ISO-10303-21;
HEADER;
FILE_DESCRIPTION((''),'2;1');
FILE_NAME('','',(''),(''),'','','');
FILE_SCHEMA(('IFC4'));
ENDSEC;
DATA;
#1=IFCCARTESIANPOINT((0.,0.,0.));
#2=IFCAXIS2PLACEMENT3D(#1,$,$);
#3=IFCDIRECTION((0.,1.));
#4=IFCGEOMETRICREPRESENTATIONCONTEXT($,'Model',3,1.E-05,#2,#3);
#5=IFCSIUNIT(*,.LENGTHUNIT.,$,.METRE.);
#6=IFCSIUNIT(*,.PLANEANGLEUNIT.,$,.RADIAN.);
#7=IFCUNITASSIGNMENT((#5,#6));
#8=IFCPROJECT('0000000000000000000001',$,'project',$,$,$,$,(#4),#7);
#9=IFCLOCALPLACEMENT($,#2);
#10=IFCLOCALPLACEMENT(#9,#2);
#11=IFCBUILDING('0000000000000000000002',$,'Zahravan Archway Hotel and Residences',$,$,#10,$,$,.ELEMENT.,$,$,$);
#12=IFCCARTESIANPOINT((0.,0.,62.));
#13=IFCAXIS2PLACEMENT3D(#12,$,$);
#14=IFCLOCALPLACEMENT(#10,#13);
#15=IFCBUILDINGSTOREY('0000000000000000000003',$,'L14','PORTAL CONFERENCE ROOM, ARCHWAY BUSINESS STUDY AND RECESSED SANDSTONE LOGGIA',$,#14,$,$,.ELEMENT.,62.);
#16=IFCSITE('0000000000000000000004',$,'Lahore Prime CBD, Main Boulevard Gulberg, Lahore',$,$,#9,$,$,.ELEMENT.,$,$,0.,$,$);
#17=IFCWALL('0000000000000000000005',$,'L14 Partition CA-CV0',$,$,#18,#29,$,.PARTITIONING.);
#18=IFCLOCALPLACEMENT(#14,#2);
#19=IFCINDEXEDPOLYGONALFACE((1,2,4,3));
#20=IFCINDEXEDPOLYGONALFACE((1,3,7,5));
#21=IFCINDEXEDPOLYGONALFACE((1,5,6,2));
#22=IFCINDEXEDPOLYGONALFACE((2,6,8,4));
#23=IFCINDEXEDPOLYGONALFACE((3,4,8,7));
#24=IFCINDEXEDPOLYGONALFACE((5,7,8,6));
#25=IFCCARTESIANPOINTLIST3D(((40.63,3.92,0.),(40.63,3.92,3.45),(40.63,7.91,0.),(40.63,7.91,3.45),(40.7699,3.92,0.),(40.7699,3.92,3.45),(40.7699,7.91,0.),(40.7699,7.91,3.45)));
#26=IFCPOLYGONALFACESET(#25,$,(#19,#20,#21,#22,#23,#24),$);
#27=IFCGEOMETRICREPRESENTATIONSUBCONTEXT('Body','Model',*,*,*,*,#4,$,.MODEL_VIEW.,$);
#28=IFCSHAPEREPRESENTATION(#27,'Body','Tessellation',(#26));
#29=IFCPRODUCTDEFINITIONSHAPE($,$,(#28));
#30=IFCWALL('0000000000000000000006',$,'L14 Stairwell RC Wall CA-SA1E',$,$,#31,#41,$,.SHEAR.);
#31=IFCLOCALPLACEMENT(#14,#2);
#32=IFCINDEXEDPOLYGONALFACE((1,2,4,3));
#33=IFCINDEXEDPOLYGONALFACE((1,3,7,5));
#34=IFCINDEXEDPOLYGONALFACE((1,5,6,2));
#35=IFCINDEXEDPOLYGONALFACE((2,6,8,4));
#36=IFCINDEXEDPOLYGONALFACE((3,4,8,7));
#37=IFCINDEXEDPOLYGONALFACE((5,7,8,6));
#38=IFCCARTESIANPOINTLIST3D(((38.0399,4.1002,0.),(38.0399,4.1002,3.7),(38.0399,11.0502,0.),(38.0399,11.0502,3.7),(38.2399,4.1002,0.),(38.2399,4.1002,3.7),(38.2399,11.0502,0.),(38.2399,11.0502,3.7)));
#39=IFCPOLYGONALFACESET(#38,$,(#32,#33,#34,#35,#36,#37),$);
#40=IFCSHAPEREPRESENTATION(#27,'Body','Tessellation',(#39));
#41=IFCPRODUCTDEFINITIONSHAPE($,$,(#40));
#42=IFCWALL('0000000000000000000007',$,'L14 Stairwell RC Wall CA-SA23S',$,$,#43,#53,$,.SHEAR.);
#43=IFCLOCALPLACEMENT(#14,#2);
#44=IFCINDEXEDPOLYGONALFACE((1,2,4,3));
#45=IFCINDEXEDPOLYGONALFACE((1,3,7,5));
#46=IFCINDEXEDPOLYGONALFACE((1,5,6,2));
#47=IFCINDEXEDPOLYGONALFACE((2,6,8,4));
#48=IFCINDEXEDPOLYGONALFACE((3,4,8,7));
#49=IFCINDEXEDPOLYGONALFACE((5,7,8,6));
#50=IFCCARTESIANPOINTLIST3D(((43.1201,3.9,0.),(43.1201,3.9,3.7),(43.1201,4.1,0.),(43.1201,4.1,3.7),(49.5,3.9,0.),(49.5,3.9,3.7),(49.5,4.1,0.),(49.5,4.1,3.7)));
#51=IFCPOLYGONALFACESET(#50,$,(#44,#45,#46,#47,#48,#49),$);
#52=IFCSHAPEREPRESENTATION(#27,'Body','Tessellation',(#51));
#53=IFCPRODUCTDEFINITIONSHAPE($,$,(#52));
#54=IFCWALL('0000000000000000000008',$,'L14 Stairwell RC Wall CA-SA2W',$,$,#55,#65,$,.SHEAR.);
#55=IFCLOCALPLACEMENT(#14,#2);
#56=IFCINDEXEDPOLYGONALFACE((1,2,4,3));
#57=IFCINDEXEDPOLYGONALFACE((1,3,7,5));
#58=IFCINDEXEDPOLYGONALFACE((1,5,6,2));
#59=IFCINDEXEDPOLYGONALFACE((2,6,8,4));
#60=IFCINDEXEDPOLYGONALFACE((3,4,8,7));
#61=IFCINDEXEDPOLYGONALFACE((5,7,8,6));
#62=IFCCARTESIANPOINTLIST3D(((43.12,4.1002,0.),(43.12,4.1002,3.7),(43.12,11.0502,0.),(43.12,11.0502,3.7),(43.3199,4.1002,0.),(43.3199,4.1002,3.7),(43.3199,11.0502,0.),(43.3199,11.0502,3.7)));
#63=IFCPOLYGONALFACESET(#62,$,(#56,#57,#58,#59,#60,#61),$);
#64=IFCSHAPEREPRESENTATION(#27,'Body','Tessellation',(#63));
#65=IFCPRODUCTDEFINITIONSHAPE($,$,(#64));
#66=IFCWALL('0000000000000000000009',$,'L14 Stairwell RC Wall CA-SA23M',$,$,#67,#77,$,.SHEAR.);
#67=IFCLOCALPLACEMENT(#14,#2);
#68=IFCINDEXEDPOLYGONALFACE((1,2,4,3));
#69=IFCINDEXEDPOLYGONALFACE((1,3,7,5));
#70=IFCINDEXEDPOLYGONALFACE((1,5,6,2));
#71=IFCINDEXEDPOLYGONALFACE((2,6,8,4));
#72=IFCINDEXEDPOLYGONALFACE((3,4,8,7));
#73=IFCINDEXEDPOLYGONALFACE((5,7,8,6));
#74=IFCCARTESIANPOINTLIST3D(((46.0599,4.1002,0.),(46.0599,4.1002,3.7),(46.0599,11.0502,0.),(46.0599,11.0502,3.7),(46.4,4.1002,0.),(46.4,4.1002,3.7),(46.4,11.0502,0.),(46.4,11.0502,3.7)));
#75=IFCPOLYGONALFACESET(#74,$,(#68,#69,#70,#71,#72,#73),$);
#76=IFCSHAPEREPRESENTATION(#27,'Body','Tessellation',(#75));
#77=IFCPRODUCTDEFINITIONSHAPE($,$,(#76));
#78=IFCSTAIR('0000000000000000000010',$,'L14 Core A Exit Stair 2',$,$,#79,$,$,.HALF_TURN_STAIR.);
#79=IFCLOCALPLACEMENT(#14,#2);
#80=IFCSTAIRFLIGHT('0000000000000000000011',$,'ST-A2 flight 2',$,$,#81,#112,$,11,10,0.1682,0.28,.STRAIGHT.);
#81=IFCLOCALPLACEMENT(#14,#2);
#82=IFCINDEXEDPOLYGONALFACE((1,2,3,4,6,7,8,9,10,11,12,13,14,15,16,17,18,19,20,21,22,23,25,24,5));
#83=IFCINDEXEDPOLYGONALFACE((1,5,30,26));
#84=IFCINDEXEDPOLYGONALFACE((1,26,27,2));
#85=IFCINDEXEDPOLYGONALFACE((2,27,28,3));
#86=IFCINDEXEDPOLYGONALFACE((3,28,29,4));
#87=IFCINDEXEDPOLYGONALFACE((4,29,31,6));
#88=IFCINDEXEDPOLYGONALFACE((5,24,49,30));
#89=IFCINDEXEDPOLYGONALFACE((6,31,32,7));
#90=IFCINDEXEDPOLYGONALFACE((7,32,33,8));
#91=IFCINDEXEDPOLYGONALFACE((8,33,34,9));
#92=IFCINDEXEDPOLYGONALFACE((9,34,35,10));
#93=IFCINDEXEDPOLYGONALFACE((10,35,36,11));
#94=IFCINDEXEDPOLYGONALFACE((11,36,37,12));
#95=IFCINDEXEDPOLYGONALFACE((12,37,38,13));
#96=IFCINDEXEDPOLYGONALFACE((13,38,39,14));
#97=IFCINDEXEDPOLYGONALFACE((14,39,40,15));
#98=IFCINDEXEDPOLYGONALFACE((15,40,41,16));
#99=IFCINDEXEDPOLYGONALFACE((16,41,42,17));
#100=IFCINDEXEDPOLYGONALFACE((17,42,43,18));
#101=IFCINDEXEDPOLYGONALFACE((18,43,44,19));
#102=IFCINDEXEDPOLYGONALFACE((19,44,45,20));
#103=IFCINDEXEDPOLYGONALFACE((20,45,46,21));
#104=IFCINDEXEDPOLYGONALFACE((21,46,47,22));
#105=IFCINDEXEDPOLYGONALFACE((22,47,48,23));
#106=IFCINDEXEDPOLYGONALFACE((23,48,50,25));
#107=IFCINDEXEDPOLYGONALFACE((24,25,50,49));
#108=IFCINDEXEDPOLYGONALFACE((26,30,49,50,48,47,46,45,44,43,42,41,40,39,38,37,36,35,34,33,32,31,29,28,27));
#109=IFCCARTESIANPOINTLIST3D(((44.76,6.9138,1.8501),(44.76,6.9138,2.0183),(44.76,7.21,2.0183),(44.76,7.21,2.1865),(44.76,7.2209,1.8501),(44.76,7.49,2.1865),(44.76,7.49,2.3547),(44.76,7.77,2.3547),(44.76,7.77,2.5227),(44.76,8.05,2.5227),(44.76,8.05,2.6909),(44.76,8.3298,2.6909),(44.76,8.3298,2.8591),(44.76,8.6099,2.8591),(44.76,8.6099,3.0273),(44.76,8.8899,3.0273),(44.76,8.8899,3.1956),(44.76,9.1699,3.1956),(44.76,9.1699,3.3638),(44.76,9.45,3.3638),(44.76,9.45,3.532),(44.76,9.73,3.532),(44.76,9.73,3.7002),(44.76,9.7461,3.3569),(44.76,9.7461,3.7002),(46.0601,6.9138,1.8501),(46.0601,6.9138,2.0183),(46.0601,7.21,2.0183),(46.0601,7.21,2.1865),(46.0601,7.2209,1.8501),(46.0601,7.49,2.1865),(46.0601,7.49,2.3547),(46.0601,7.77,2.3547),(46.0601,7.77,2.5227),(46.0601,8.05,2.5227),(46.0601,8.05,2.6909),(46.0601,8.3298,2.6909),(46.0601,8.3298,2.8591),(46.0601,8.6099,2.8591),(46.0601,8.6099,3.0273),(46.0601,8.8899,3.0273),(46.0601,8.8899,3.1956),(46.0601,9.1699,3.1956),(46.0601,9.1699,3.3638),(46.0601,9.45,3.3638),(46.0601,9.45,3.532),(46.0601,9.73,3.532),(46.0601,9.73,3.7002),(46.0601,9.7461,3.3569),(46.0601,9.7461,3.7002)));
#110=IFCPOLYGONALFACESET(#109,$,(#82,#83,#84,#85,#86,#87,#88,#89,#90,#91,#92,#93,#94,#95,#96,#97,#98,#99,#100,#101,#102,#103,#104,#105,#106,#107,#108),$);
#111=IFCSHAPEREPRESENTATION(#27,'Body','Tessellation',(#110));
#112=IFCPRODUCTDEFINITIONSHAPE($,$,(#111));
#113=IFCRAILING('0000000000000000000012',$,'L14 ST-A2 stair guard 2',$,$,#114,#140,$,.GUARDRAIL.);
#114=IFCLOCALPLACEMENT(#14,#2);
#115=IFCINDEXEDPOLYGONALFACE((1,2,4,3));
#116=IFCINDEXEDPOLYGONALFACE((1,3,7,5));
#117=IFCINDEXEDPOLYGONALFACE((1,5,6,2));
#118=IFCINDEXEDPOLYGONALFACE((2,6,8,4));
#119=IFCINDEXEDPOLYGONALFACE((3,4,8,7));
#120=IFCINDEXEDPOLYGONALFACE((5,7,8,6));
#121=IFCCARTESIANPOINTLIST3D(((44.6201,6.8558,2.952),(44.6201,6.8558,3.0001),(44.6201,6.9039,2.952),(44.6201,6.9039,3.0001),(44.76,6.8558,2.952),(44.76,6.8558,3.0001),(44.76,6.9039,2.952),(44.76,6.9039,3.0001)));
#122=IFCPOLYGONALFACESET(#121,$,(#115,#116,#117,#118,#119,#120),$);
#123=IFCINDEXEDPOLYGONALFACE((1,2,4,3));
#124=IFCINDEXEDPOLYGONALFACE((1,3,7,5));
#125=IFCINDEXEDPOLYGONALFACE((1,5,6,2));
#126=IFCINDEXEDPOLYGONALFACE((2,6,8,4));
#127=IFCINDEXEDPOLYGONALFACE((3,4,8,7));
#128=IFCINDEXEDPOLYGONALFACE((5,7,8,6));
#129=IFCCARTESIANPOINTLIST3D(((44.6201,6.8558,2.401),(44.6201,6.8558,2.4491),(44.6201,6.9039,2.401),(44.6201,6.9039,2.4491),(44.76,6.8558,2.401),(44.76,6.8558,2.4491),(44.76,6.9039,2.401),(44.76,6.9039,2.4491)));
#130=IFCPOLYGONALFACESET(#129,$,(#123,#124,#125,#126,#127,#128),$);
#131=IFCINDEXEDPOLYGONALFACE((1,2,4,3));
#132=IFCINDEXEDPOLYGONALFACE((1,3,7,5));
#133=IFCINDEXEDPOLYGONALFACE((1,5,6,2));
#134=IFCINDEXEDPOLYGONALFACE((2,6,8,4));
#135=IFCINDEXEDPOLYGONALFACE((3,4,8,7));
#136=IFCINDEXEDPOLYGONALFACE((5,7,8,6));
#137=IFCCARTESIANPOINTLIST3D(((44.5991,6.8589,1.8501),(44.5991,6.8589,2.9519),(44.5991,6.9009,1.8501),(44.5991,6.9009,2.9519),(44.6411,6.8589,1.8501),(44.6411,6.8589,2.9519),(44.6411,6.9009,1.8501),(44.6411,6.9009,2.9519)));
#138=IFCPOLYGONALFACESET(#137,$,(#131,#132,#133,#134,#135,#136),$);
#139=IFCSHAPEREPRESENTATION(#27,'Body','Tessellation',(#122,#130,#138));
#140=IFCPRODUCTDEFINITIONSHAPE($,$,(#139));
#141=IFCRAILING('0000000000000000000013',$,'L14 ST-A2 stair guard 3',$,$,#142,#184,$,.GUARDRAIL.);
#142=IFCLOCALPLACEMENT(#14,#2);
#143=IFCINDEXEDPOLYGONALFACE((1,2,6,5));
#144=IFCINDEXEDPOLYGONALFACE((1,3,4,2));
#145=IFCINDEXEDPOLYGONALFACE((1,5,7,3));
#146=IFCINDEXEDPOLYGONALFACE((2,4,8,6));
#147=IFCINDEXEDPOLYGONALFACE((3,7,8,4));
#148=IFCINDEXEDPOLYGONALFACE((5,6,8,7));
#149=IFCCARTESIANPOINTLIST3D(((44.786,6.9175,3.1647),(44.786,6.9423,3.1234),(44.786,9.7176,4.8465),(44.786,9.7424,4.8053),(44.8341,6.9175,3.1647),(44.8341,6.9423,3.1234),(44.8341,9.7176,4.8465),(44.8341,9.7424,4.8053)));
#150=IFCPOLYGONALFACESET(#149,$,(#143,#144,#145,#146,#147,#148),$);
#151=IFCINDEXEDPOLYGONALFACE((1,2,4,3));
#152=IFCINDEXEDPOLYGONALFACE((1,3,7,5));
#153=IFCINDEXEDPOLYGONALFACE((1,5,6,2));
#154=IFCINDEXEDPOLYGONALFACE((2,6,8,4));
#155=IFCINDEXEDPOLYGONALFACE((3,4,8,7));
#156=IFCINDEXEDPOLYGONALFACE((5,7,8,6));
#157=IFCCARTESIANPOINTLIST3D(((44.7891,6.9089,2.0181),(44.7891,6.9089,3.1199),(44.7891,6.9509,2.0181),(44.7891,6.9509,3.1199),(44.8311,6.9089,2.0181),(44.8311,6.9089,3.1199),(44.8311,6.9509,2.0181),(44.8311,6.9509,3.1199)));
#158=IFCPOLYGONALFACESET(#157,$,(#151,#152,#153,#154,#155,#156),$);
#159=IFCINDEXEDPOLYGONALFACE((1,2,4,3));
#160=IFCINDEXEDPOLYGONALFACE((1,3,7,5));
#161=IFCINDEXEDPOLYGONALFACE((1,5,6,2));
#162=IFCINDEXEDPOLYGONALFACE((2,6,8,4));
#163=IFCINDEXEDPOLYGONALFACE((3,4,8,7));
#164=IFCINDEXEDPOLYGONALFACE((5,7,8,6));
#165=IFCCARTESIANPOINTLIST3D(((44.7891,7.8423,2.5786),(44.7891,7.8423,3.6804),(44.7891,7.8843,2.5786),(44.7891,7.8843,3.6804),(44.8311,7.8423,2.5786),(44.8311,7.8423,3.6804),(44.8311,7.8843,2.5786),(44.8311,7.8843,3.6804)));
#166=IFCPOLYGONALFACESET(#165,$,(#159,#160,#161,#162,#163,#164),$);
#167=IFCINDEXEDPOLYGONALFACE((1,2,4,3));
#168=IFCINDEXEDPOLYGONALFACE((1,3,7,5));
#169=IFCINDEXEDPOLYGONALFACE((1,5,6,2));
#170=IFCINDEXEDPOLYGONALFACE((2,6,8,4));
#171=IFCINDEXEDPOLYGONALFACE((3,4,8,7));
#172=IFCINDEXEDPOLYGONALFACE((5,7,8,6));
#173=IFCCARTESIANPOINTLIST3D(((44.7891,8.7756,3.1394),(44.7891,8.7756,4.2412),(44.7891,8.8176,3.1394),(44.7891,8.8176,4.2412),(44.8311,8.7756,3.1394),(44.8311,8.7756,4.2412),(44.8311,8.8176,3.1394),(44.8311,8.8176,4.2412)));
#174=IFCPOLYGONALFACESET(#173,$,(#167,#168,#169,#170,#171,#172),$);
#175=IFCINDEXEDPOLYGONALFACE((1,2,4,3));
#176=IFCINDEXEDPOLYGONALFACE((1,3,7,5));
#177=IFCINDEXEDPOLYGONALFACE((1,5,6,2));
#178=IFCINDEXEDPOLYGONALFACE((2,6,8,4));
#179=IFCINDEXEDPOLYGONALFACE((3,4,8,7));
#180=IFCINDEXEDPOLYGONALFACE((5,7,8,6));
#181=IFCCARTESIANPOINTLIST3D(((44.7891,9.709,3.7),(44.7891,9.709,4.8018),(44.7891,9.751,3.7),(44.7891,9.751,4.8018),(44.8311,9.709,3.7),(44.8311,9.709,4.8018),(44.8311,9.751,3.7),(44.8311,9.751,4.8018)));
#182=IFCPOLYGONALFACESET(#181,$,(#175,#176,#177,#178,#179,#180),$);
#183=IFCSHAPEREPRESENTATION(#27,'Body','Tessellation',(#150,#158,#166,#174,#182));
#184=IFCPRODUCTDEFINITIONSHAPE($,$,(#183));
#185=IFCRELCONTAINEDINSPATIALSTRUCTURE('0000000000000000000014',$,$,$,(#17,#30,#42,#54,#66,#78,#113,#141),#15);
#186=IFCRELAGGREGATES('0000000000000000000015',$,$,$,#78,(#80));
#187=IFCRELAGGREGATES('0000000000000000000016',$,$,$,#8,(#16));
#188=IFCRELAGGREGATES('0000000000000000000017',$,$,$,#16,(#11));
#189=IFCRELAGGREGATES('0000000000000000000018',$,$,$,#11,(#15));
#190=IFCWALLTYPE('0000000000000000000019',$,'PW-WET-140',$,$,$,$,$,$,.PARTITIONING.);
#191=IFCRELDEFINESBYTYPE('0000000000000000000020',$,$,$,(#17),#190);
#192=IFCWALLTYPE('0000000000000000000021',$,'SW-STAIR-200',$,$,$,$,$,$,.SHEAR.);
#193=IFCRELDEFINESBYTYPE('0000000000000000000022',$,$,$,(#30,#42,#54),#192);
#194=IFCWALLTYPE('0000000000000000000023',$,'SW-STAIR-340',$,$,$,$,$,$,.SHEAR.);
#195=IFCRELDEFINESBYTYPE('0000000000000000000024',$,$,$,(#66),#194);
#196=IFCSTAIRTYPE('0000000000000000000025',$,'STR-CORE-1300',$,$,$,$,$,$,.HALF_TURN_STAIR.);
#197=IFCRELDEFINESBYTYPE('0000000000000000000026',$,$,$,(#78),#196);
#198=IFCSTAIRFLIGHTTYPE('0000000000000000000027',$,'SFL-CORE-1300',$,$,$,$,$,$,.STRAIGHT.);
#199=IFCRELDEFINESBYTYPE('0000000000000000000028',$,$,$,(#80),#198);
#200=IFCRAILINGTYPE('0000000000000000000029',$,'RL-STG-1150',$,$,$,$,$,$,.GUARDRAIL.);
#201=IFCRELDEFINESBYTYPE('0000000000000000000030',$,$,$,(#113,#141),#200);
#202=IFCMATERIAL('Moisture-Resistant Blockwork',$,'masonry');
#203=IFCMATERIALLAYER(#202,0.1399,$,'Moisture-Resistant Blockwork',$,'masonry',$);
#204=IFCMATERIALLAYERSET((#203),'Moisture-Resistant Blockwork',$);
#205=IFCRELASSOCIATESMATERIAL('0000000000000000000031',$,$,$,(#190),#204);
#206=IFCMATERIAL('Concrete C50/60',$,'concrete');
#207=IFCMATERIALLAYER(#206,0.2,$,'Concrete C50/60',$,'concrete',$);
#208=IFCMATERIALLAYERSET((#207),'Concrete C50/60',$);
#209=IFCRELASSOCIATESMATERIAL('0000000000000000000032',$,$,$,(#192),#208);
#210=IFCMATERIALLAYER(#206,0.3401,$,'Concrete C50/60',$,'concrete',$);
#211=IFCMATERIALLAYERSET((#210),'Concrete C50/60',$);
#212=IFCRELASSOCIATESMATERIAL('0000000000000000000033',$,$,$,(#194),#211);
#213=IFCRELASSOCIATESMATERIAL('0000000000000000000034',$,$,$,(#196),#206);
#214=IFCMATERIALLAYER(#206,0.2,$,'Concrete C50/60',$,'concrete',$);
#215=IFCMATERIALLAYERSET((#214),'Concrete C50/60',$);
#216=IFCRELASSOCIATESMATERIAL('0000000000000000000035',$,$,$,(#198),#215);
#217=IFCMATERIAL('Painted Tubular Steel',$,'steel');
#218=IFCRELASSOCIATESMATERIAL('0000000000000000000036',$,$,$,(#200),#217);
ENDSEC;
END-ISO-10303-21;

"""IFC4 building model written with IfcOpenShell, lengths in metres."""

from ifc_helpers import new_model, si_unit, direction, frame, frame_2d, origin, origin_2d, place, context, subcontext, project, spatial, polyline, rectangle, outline, extrude, source, transform, mapped, material, layer, layer_set, type_object, element, aggregate, save


model = new_model("IFC4")

# Units and contexts
model_context = context("Model", 3, precision=1e-05, world=origin(), true_north=direction((0.0, 1.0)))
body_context = subcontext(model_context, "Body", "Model", "MODEL_VIEW")
ifc_project = project(units=[si_unit("LENGTHUNIT", "METRE"), si_unit("PLANEANGLEUNIT", "RADIAN")], contexts=[model_context])

# Site, building, storey
site_placement = place(None, origin())
site = spatial("IfcSite", under=ifc_project, at=site_placement, Name="Lahore Prime CBD, Main Boulevard Gulberg, Lahore", CompositionType="ELEMENT", RefElevation=0.0)
building_placement = place(site_placement, origin())
building = spatial("IfcBuilding", under=site, at=building_placement, Name="Zahravan Archway Hotel and Residences", CompositionType="ELEMENT")
storey_placement = place(building_placement, frame((0.0, 0.0, 62.0)))
storey = spatial("IfcBuildingStorey", under=building, at=storey_placement, Name="L14", Description="PORTAL CONFERENCE ROOM, ARCHWAY BUSINESS STUDY AND RECESSED SANDSTONE LOGGIA", CompositionType="ELEMENT", Elevation=62.0)

# Walls
ifc_material_1 = material(Name="Moisture-Resistant Blockwork", Category="masonry")
ifc_layer_1 = layer(ifc_material_1, 0.1399, Name="Moisture-Resistant Blockwork", Category="masonry")
ifc_layer_set_1 = layer_set([ifc_layer_1], Name="Moisture-Resistant Blockwork")
wall_type_1 = type_object("IfcWallType", Name="PW-WET-140", PredefinedType="PARTITIONING", material=ifc_layer_set_1)
wall_1_placement = place(storey_placement, frame((40.7, 3.9199, 0.0), z_axis=(0.0, 0.0, 1.0), x_axis=(0.0, 1.0, 0.0)))
element("IfcWall", 1, at=wall_1_placement, inside=storey, type_object=wall_type_1, Name="L14 Partition CA-CV0", PredefinedType="PARTITIONING", context=body_context, shape_type="SweptSolid", body=[
    extrude(rectangle(XDim=3.99, YDim=0.1399, at=frame_2d((1.9951, 0.0))), origin(), (0.0, 0.0, 1.0), 3.45),
])
ifc_material_2 = material(Name="Concrete C50/60", Category="concrete")
ifc_layer_2 = layer(ifc_material_2, 0.2, Name="Concrete C50/60", Category="concrete")
ifc_layer_set_2 = layer_set([ifc_layer_2], Name="Concrete C50/60")
wall_type_2 = type_object("IfcWallType", Name="SW-STAIR-200", PredefinedType="SHEAR", material=ifc_layer_set_2)
wall_2_placement = place(storey_placement, frame((38.1399, 4.1001, 0.0), z_axis=(0.0, 0.0, 1.0), x_axis=(0.0, 1.0, 0.0)))
element("IfcWall", 2, at=wall_2_placement, inside=storey, type_object=wall_type_2, Name="L14 Stairwell RC Wall CA-SA1E", PredefinedType="SHEAR", context=body_context, shape_type="SweptSolid", body=[
    extrude(rectangle(XDim=6.95, YDim=0.2, at=frame_2d((3.4751, 0.0))), origin(), (0.0, 0.0, 1.0), 3.7),
])
wall_3_placement = place(storey_placement, frame((43.1201, 4.0, 0.0), z_axis=(0.0, 0.0, 1.0), x_axis=(1.0, 0.0, 0.0)))
element("IfcWall", 3, at=wall_3_placement, inside=storey, type_object=wall_type_2, Name="L14 Stairwell RC Wall CA-SA23S", PredefinedType="SHEAR", context=body_context, shape_type="SweptSolid", body=[
    extrude(rectangle(XDim=6.3799, YDim=0.2, at=frame_2d((3.1899, 0.0))), origin(), (0.0, 0.0, 1.0), 3.7),
])
wall_4_placement = place(storey_placement, frame((43.22, 4.1001, 0.0), z_axis=(0.0, 0.0, 1.0), x_axis=(0.0, 1.0, 0.0)))
element("IfcWall", 4, at=wall_4_placement, inside=storey, type_object=wall_type_2, Name="L14 Stairwell RC Wall CA-SA2W", PredefinedType="SHEAR", context=body_context, shape_type="SweptSolid", body=[
    extrude(rectangle(XDim=6.95, YDim=0.2, at=frame_2d((3.4751, 0.0))), origin(), (0.0, 0.0, 1.0), 3.7),
])
ifc_layer_3 = layer(ifc_material_2, 0.3401, Name="Concrete C50/60", Category="concrete")
ifc_layer_set_3 = layer_set([ifc_layer_3], Name="Concrete C50/60")
wall_type_3 = type_object("IfcWallType", Name="SW-STAIR-340", PredefinedType="SHEAR", material=ifc_layer_set_3)
wall_5_placement = place(storey_placement, frame((46.23, 4.1001, 0.0), z_axis=(0.0, 0.0, 1.0), x_axis=(0.0, 1.0, 0.0)))
element("IfcWall", 5, at=wall_5_placement, inside=storey, type_object=wall_type_3, Name="L14 Stairwell RC Wall CA-SA23M", PredefinedType="SHEAR", context=body_context, shape_type="SweptSolid", body=[
    extrude(rectangle(XDim=6.95, YDim=0.3401, at=frame_2d((3.4751, 0.0))), origin(), (0.0, 0.0, 1.0), 3.7),
])

# Stair, stair flight
stair_type = type_object("IfcStairType", Name="STR-CORE-1300", PredefinedType="HALF_TURN_STAIR", material=ifc_material_2)
stair_placement = place(storey_placement, origin())
stair = element("IfcStair", 6, at=stair_placement, inside=storey, type_object=stair_type, Name="L14 Core A Exit Stair 2", PredefinedType="HALF_TURN_STAIR")
ifc_layer_4 = layer(ifc_material_2, 0.2, Name="Concrete C50/60", Category="concrete")
ifc_layer_set_4 = layer_set([ifc_layer_4], Name="Concrete C50/60")
stair_flight_type = type_object("IfcStairFlightType", Name="SFL-CORE-1300", PredefinedType="STRAIGHT", material=ifc_layer_set_4)
shared_shape_1 = source(origin(), body_context, "Body", "SweptSolid", [
    extrude(outline(polyline([(-0.0161, 0.0), (-0.0161, 0.1682), (0.28, 0.1682), (0.28, 0.3364), (0.5601, 0.3364), (0.5601, 0.5046), (0.8401, 0.5046), (0.8401, 0.6726), (1.1201, 0.6726), (1.1201, 0.8408), (1.3999, 0.8408), (1.3999, 1.009), (1.6799, 1.009), (1.6799, 1.1772), (1.96, 1.1772), (1.96, 1.3455), (2.24, 1.3455), (2.24, 1.5137), (2.52, 1.5137), (2.52, 1.6819), (2.8, 1.6819), (2.8, 1.8501), (2.8162, 1.8501), (2.8162, 1.5068), (0.291, 0.0), (-0.0161, 0.0)])), frame((0.0, 0.6499, 0.0), z_axis=(0.0, -1.0, 0.0), x_axis=(1.0, 0.0, 0.0)), (0.0, 0.0, 1.0), 1.3),
])
stair_flight_placement = place(storey_placement, frame((45.4099, 6.9299, 1.8501), z_axis=(0.0, 0.0, 1.0), x_axis=(0.0, 1.0, 0.0)))
stair_flight = element("IfcStairFlight", 7, at=stair_flight_placement, type_object=stair_flight_type, Name="ST-A2 flight 2", NumberOfRisers=11, NumberOfTreads=10, PredefinedType="STRAIGHT", RiserHeight=0.1682, TreadLength=0.28, context=body_context, shape_type="MappedRepresentation", body=[
    mapped(shared_shape_1, transform((0.0, 0.0, 0.0), scale=1.0)),
])
aggregate(stair, [stair_flight])

# Railings
ifc_material_3 = material(Name="Painted Tubular Steel", Category="steel")
railing_type_1 = type_object("IfcRailingType", Name="RL-STG-1150", PredefinedType="GUARDRAIL", material=ifc_material_3)
railing_1_placement = place(storey_placement, frame((44.6201, 6.8799, 1.8501)))
element("IfcRailing", 8, at=railing_1_placement, inside=storey, type_object=railing_type_1, Name="L14 ST-A2 stair guard 2", PredefinedType="GUARDRAIL", context=body_context, shape_type="SweptSolid", body=[
    extrude(rectangle(XDim=0.0481, YDim=0.0481, at=origin_2d()), frame((0.0, 0.0, 1.126), z_axis=(1.0, 0.0, 0.0), x_axis=(0.0, 1.0, 0.0)), (0.0, 0.0, 1.0), 0.1399),
    extrude(rectangle(XDim=0.0481, YDim=0.0481, at=origin_2d()), frame((0.0, 0.0, 0.575), z_axis=(1.0, 0.0, 0.0), x_axis=(0.0, 1.0, 0.0)), (0.0, 0.0, 1.0), 0.1399),
    extrude(rectangle(XDim=0.042, YDim=0.042, at=origin_2d()), origin(), (0.0, 0.0, 1.0), 1.1018),
])
railing_2_placement = place(storey_placement, frame((44.8101, 6.9299, 2.0181)))
element("IfcRailing", 9, at=railing_2_placement, inside=storey, type_object=railing_type_1, Name="L14 ST-A2 stair guard 3", PredefinedType="GUARDRAIL", context=body_context, shape_type="SweptSolid", body=[
    extrude(rectangle(XDim=0.0481, YDim=0.0481, at=origin_2d()), frame((0.0, 0.0, 1.126), z_axis=(0.0, 0.857242, 0.514913), x_axis=(-1.0, 0.0, 0.0)), (0.0, 0.0, 1.0), 3.2664),
    extrude(rectangle(XDim=0.042, YDim=0.042, at=origin_2d()), origin(), (0.0, 0.0, 1.0), 1.1018),
    extrude(rectangle(XDim=0.042, YDim=0.042, at=origin_2d()), frame((0.0, 0.9333, 0.5605)), (0.0, 0.0, 1.0), 1.1018),
    extrude(rectangle(XDim=0.042, YDim=0.042, at=origin_2d()), frame((0.0, 1.8667, 1.1213)), (0.0, 0.0, 1.0), 1.1018),
    extrude(rectangle(XDim=0.042, YDim=0.042, at=origin_2d()), frame((0.0, 2.8, 1.6819)), (0.0, 0.0, 1.0), 1.1018),
])

save(model, "model.ifc")
